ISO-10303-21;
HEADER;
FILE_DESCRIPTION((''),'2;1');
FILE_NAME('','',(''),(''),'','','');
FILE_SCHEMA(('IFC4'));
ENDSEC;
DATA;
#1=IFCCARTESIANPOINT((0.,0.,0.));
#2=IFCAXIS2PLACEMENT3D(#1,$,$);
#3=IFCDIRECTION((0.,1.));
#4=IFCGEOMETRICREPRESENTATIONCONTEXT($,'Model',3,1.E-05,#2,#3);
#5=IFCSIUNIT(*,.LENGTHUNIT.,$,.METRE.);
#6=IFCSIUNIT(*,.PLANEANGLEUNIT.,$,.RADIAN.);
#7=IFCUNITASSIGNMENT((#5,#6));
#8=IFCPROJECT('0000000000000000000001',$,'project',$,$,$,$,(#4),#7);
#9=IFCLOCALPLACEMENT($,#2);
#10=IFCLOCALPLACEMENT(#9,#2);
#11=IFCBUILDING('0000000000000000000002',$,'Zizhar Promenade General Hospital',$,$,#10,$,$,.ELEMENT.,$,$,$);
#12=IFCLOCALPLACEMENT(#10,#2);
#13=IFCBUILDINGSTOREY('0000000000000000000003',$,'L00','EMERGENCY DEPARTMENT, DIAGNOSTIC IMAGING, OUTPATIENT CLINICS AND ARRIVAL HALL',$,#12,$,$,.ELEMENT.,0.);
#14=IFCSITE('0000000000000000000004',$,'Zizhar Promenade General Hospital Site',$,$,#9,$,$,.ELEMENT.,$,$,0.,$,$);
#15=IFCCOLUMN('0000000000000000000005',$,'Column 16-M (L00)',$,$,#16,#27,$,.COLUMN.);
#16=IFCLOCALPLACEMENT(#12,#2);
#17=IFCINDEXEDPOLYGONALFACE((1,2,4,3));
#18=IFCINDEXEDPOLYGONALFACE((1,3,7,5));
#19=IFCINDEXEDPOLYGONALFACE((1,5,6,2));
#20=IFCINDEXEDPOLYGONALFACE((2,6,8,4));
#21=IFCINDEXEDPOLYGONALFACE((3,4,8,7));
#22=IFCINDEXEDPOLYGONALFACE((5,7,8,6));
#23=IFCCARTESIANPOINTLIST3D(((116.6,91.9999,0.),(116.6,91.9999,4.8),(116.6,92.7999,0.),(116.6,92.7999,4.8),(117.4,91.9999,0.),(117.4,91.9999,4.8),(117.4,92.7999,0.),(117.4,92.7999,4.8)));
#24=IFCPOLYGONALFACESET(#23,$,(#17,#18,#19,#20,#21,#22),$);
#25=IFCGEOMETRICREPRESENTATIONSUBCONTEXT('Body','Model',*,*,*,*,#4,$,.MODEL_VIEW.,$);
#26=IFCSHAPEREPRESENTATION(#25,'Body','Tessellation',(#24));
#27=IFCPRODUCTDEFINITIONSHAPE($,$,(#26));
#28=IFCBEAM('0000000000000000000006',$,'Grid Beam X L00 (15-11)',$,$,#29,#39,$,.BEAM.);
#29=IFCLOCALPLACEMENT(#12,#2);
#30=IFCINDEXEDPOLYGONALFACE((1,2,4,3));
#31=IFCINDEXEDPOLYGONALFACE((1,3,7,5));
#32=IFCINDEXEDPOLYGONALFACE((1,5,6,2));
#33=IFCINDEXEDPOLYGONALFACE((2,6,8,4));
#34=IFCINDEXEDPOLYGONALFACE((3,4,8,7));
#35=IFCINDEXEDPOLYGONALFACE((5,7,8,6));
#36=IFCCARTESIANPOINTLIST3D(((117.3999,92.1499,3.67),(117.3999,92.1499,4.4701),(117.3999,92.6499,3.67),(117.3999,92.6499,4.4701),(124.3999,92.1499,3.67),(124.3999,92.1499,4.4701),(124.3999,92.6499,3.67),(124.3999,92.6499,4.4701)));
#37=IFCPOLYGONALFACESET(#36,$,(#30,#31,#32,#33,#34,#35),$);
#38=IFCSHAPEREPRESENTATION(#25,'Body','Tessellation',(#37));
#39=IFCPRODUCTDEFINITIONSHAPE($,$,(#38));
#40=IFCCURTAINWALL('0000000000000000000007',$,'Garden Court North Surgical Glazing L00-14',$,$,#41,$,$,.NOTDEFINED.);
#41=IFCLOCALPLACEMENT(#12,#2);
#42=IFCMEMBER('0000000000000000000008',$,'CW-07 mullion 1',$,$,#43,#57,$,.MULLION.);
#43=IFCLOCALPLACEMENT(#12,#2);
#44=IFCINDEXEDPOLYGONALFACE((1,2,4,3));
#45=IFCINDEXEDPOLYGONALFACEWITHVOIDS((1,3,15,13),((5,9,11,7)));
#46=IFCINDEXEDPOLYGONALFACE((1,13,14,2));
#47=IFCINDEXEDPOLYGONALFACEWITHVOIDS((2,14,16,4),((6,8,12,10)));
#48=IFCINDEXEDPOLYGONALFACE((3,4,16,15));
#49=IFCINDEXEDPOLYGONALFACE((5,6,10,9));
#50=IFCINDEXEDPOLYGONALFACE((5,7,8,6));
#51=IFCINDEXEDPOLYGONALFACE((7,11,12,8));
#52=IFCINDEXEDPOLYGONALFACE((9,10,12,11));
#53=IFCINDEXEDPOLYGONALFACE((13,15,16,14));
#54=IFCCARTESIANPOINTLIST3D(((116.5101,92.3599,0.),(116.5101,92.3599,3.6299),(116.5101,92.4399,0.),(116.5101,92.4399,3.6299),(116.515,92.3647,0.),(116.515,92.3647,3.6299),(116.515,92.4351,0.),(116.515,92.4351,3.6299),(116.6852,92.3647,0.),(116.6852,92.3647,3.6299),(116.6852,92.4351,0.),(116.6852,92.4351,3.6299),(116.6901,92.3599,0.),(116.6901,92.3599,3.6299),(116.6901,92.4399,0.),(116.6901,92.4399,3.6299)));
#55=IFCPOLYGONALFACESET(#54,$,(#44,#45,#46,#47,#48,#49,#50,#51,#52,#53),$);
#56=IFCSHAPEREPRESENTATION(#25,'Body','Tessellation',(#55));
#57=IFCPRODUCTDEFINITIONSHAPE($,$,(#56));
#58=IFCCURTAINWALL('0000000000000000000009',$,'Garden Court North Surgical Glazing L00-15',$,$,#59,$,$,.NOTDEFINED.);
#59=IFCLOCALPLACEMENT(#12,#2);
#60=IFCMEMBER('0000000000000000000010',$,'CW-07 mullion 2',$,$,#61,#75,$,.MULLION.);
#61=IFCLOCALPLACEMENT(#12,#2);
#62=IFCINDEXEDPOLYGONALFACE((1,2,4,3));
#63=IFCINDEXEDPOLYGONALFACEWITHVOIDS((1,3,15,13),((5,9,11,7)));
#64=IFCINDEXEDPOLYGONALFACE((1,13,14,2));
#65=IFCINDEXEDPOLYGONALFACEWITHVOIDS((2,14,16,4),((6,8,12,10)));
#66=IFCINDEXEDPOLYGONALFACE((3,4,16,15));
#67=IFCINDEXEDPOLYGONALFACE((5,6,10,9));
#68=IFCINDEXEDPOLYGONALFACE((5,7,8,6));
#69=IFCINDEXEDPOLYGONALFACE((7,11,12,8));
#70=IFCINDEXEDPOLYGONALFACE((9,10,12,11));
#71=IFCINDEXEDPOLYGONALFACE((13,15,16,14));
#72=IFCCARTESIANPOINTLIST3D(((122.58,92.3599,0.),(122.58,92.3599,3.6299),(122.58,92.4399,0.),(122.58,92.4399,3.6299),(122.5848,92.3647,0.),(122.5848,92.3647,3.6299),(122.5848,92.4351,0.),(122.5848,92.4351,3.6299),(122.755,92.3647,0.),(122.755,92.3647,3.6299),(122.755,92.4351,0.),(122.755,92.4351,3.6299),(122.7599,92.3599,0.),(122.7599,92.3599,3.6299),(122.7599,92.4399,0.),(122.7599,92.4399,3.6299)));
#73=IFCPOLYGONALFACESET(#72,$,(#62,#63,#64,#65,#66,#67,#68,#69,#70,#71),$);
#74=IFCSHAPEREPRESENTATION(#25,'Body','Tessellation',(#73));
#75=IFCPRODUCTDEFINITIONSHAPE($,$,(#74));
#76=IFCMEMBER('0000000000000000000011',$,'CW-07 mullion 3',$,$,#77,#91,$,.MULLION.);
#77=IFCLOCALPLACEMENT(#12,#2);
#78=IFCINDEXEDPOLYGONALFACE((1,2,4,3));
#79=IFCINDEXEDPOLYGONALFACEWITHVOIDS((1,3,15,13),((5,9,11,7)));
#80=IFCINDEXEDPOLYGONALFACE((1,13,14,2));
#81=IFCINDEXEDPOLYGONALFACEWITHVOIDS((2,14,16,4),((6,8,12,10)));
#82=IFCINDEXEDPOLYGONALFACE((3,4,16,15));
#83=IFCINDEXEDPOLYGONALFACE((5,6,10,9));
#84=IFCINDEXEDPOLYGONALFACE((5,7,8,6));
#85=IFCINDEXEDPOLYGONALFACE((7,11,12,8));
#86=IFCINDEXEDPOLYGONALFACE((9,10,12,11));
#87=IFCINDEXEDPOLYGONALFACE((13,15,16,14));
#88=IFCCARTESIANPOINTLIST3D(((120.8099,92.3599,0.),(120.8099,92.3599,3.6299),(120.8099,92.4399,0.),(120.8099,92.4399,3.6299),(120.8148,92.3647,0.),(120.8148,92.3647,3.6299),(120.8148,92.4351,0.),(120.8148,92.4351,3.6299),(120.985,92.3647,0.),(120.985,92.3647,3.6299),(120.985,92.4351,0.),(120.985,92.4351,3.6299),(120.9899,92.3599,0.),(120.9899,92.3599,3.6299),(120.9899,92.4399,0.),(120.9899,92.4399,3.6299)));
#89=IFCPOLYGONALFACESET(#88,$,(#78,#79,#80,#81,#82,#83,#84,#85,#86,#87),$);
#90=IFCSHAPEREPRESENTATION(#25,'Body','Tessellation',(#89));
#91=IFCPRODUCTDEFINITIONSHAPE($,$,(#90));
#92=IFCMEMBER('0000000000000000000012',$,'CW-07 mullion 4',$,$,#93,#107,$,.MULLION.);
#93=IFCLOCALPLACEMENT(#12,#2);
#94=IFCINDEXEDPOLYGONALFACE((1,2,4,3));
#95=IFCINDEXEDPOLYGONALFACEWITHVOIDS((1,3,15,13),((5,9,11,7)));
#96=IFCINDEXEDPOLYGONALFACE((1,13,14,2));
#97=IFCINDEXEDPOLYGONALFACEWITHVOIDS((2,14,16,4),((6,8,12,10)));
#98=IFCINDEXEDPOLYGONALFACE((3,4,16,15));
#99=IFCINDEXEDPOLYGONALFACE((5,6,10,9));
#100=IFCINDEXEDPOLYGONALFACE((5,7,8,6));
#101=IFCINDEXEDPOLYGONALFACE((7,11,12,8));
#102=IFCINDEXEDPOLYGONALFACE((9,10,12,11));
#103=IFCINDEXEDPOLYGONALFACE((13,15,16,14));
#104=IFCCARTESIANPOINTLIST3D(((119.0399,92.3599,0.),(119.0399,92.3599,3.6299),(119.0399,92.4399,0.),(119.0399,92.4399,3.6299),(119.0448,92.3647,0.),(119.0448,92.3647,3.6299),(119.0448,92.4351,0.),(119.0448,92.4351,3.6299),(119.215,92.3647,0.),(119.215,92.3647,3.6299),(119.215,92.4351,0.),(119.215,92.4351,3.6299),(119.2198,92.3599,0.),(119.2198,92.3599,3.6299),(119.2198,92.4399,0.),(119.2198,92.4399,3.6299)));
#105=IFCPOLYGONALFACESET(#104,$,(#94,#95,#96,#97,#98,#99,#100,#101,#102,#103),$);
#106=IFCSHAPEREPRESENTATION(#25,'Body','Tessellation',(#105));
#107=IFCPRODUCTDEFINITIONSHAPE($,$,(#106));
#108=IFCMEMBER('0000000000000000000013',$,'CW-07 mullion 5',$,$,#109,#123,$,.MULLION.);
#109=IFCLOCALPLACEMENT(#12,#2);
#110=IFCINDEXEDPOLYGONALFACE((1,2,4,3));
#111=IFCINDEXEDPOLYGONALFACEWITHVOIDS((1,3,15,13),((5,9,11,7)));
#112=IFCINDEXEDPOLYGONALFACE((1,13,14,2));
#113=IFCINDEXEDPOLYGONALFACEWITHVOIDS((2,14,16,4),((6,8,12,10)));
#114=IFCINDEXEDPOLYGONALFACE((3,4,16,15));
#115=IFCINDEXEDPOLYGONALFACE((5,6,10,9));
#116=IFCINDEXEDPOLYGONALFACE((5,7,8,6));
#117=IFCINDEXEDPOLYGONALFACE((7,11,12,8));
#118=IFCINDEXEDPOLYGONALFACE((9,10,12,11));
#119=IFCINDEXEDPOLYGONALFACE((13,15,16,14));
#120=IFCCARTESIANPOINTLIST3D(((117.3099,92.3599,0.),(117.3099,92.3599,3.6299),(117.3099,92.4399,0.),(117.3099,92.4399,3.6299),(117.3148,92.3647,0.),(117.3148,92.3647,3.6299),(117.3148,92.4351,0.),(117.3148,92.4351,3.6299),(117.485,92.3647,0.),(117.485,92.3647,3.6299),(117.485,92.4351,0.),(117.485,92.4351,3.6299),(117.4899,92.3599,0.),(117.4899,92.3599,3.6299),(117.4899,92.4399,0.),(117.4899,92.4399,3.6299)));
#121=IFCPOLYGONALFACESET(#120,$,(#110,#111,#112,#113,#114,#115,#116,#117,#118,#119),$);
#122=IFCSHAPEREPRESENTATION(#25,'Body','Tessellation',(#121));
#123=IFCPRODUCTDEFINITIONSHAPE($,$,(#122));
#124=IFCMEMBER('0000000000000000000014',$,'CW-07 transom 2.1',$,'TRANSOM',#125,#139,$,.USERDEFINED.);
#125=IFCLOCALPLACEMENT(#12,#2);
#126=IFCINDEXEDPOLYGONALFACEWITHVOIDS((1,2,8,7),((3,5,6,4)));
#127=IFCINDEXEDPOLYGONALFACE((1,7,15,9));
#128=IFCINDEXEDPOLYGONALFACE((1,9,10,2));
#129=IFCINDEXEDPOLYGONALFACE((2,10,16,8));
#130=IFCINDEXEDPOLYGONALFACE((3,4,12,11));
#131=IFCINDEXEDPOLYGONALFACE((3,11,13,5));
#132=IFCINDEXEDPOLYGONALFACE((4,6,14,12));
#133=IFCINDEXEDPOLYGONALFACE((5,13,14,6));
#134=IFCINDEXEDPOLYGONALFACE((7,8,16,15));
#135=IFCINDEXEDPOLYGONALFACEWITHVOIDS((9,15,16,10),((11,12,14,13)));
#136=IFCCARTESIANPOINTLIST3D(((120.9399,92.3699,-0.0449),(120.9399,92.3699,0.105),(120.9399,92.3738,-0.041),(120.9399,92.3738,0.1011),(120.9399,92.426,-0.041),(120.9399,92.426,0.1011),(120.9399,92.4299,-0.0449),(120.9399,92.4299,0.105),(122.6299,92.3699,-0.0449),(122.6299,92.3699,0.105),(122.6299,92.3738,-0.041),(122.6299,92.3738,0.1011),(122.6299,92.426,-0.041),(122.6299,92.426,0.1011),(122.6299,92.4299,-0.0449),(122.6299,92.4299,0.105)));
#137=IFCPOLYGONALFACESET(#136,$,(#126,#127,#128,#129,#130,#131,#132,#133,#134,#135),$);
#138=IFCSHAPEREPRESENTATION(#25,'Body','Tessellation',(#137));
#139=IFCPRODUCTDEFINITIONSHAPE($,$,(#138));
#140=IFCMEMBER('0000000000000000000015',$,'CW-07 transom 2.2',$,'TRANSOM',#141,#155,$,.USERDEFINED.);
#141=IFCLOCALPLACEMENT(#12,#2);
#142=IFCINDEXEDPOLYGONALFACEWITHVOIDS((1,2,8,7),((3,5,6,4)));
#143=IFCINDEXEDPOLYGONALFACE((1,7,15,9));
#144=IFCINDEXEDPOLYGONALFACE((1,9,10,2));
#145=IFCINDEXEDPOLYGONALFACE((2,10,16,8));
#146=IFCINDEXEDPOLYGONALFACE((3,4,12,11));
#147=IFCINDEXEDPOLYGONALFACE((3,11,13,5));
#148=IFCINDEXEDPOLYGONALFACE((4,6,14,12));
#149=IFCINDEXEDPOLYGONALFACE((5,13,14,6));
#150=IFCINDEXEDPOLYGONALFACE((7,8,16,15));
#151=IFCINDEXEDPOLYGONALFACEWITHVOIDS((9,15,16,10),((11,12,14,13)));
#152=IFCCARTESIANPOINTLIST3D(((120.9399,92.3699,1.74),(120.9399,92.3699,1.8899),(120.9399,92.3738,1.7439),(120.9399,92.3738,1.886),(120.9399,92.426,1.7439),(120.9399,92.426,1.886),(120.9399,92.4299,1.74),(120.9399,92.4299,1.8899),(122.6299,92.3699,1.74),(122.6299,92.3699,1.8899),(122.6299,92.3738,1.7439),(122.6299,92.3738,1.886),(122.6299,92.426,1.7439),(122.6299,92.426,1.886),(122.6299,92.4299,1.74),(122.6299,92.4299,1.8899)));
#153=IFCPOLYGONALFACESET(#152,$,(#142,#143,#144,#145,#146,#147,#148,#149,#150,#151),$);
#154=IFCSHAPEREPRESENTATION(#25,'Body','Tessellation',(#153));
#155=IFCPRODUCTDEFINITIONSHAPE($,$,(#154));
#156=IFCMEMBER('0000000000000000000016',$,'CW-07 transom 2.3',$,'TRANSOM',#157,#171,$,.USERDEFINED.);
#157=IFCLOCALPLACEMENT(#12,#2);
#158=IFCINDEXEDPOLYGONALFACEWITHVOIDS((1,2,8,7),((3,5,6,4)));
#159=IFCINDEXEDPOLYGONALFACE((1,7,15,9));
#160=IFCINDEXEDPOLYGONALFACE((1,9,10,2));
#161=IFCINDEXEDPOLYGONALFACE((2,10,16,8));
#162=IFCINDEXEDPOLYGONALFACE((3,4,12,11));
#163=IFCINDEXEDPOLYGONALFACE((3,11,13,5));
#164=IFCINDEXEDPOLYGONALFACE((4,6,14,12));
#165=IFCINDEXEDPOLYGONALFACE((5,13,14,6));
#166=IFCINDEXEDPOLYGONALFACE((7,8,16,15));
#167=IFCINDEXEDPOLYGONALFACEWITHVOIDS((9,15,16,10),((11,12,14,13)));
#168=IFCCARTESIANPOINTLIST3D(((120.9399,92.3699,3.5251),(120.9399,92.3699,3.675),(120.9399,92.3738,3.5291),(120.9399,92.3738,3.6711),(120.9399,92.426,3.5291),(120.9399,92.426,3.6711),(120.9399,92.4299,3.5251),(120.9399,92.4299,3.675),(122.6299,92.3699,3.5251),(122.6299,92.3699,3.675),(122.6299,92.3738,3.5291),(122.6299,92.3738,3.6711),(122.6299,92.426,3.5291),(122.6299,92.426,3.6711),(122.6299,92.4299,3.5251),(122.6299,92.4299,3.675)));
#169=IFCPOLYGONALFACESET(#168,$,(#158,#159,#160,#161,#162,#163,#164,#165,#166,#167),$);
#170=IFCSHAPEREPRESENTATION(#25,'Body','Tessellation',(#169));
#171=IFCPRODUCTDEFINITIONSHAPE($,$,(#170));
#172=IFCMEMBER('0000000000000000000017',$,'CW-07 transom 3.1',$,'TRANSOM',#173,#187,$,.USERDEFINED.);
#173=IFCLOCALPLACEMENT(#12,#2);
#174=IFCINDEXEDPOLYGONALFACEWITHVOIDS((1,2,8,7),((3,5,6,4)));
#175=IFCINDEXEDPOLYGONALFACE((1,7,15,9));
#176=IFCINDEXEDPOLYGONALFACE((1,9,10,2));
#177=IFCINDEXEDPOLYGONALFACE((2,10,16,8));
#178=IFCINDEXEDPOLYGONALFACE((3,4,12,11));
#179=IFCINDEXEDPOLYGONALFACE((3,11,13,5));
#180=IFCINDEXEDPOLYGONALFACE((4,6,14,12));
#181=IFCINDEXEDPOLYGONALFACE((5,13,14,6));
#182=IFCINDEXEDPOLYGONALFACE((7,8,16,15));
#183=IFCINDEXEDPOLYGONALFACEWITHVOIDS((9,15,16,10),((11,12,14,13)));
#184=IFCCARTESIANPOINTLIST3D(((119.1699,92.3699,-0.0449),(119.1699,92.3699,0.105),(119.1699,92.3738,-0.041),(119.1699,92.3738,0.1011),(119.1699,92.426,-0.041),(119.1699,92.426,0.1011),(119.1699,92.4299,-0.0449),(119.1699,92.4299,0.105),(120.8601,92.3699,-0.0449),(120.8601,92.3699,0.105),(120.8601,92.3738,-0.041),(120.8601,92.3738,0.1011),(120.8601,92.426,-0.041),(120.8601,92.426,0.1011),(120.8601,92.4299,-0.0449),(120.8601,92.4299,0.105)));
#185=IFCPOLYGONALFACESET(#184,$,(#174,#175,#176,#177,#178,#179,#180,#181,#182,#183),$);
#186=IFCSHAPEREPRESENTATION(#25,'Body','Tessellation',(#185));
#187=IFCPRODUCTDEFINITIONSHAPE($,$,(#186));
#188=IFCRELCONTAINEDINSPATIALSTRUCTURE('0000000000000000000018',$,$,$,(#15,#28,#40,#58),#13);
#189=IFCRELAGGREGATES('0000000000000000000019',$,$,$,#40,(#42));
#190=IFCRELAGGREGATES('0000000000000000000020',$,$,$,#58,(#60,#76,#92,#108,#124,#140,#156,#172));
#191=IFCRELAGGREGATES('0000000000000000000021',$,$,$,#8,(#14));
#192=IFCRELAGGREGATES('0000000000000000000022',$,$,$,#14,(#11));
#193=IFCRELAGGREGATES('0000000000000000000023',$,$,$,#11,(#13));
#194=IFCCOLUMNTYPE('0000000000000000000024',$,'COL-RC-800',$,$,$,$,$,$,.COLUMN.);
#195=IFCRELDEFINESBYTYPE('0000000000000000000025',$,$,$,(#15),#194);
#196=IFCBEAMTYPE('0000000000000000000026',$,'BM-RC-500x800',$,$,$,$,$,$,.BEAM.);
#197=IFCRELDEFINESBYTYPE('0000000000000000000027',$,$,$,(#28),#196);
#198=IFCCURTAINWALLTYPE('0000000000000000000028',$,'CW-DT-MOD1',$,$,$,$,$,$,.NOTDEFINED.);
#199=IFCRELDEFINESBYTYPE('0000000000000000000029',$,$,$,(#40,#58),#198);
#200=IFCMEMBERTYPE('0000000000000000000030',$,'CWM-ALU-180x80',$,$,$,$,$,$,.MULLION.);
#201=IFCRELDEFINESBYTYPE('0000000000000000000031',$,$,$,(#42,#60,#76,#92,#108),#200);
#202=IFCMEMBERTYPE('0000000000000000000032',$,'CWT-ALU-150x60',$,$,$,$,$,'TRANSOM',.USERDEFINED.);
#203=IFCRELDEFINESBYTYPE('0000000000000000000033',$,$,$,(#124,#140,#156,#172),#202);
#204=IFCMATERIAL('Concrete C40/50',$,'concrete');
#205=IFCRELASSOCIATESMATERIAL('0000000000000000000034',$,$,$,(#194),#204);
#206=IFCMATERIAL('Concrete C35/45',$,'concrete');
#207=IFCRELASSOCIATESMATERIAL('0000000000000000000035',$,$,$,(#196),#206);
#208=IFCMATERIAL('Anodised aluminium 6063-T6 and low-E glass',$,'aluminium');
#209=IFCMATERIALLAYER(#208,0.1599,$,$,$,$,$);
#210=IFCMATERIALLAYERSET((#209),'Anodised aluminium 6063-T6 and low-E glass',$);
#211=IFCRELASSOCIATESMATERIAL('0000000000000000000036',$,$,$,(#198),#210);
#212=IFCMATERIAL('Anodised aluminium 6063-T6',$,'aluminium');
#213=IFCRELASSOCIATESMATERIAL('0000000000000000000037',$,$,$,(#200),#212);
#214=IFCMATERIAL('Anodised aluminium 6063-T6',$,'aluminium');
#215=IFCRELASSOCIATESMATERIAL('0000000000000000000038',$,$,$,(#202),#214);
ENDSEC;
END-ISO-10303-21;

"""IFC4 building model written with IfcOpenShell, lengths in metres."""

from ifc_helpers import new_model, si_unit, direction, frame, origin, origin_2d, place, context, subcontext, project, spatial, rectangle, hollow_rectangle, extrude, material, layer, layer_set, material_profile, profile_set, type_object, element, aggregate, save


model = new_model("IFC4")

# Units and contexts
model_context = context("Model", 3, precision=1e-05, world=origin(), true_north=direction((0.0, 1.0)))
body_context = subcontext(model_context, "Body", "Model", "MODEL_VIEW")
ifc_project = project(units=[si_unit("LENGTHUNIT", "METRE"), si_unit("PLANEANGLEUNIT", "RADIAN")], contexts=[model_context])

# Site, building, storey
site_placement = place(None, origin())
site = spatial("IfcSite", under=ifc_project, at=site_placement, Name="Zizhar Promenade General Hospital Site", CompositionType="ELEMENT", RefElevation=0.0)
building_placement = place(site_placement, origin())
building = spatial("IfcBuilding", under=site, at=building_placement, Name="Zizhar Promenade General Hospital", CompositionType="ELEMENT")
storey_placement = place(building_placement, origin())
storey = spatial("IfcBuildingStorey", under=building, at=storey_placement, Name="L00", Description="EMERGENCY DEPARTMENT, DIAGNOSTIC IMAGING, OUTPATIENT CLINICS AND ARRIVAL HALL", CompositionType="ELEMENT", Elevation=0.0)

# Column
ifc_material_1 = material(Name="Concrete C40/50", Category="concrete")
ifc_material_profile_1 = material_profile(ifc_material_1, rectangle(XDim=0.8, YDim=0.8, at=origin_2d()))
ifc_profile_set_1 = profile_set([ifc_material_profile_1], Name="Concrete C40/50")
column_type = type_object("IfcColumnType", Name="COL-RC-800", PredefinedType="COLUMN", material=ifc_profile_set_1)
column_placement = place(storey_placement, frame((117.0, 92.3999, 0.0), z_axis=(0.0, 0.0, 1.0), x_axis=(1.0, 0.0, 0.0)))
element("IfcColumn", 1, at=column_placement, inside=storey, type_object=column_type, Name="Column 16-M (L00)", PredefinedType="COLUMN", context=body_context, shape_type="SweptSolid", body=[
    extrude(rectangle(XDim=0.8, YDim=0.8, at=origin_2d()), origin(), (0.0, 0.0, 1.0), 4.8),
])

# Beam
ifc_material_2 = material(Name="Concrete C35/45", Category="concrete")
ifc_material_profile_2 = material_profile(ifc_material_2, rectangle(XDim=0.5, YDim=0.8, at=origin_2d()))
ifc_profile_set_2 = profile_set([ifc_material_profile_2], Name="Concrete C35/45")
beam_type = type_object("IfcBeamType", Name="BM-RC-500x800", PredefinedType="BEAM", material=ifc_profile_set_2)
beam_placement = place(storey_placement, frame((117.3999, 92.3999, 4.0701), z_axis=(1.0, 0.0, 0.0), x_axis=(0.0, 1.0, 0.0)))
element("IfcBeam", 2, at=beam_placement, inside=storey, type_object=beam_type, Name="Grid Beam X L00 (15-11)", PredefinedType="BEAM", context=body_context, shape_type="SweptSolid", body=[
    extrude(rectangle(XDim=0.5, YDim=0.8, at=origin_2d()), origin(), (0.0, 0.0, 1.0), 7.0),
])

# Curtain wall, member
ifc_material_3 = material(Name="Anodised aluminium 6063-T6 and low-E glass", Category="aluminium")
ifc_layer_1 = layer(ifc_material_3, 0.1599)
ifc_layer_set_1 = layer_set([ifc_layer_1], Name="Anodised aluminium 6063-T6 and low-E glass")
curtain_wall_type = type_object("IfcCurtainWallType", Name="CW-DT-MOD1", PredefinedType="NOTDEFINED", material=ifc_layer_set_1)
curtain_wall_1_placement = place(storey_placement, origin())
curtain_wall_1 = element("IfcCurtainWall", 3, at=curtain_wall_1_placement, inside=storey, type_object=curtain_wall_type, Name="Garden Court North Surgical Glazing L00-14", PredefinedType="NOTDEFINED")
ifc_material_4 = material(Name="Anodised aluminium 6063-T6", Category="aluminium")
ifc_material_profile_3 = material_profile(ifc_material_4, hollow_rectangle(XDim=0.0801, YDim=0.1799, WallThickness=0.0049, at=origin_2d()))
ifc_profile_set_3 = profile_set([ifc_material_profile_3], Name="Anodised aluminium 6063-T6")
member_type_1 = type_object("IfcMemberType", Name="CWM-ALU-180x80", PredefinedType="MULLION", material=ifc_profile_set_3)
member_1_placement = place(storey_placement, frame((116.6001, 92.3999, 0.0), z_axis=(0.0, 0.0, 1.0), x_axis=(0.0, -1.0, 0.0)))
member_1 = element("IfcMember", 4, at=member_1_placement, type_object=member_type_1, Name="CW-07 mullion 1", PredefinedType="MULLION", context=body_context, shape_type="SweptSolid", body=[
    extrude(hollow_rectangle(XDim=0.0801, YDim=0.1799, WallThickness=0.0049, at=origin_2d()), origin(), (0.0, 0.0, 1.0), 3.6299),
])
aggregate(curtain_wall_1, [member_1])

# Curtain wall, members
curtain_wall_2_placement = place(storey_placement, origin())
curtain_wall_2 = element("IfcCurtainWall", 5, at=curtain_wall_2_placement, inside=storey, type_object=curtain_wall_type, Name="Garden Court North Surgical Glazing L00-15", PredefinedType="NOTDEFINED")
member_2_placement = place(storey_placement, frame((122.6699, 92.3999, 0.0), z_axis=(0.0, 0.0, 1.0), x_axis=(0.0, -1.0, 0.0)))
member_2 = element("IfcMember", 6, at=member_2_placement, type_object=member_type_1, Name="CW-07 mullion 2", PredefinedType="MULLION", context=body_context, shape_type="SweptSolid", body=[
    extrude(hollow_rectangle(XDim=0.0801, YDim=0.1799, WallThickness=0.0049, at=origin_2d()), origin(), (0.0, 0.0, 1.0), 3.6299),
])
member_3_placement = place(storey_placement, frame((120.8999, 92.3999, 0.0), z_axis=(0.0, 0.0, 1.0), x_axis=(0.0, -1.0, 0.0)))
member_3 = element("IfcMember", 7, at=member_3_placement, type_object=member_type_1, Name="CW-07 mullion 3", PredefinedType="MULLION", context=body_context, shape_type="SweptSolid", body=[
    extrude(hollow_rectangle(XDim=0.0801, YDim=0.1799, WallThickness=0.0049, at=origin_2d()), origin(), (0.0, 0.0, 1.0), 3.6299),
])
member_4_placement = place(storey_placement, frame((119.1299, 92.3999, 0.0), z_axis=(0.0, 0.0, 1.0), x_axis=(0.0, -1.0, 0.0)))
member_4 = element("IfcMember", 8, at=member_4_placement, type_object=member_type_1, Name="CW-07 mullion 4", PredefinedType="MULLION", context=body_context, shape_type="SweptSolid", body=[
    extrude(hollow_rectangle(XDim=0.0801, YDim=0.1799, WallThickness=0.0049, at=origin_2d()), origin(), (0.0, 0.0, 1.0), 3.6299),
])
member_5_placement = place(storey_placement, frame((117.3999, 92.3999, 0.0), z_axis=(0.0, 0.0, 1.0), x_axis=(0.0, -1.0, 0.0)))
member_5 = element("IfcMember", 9, at=member_5_placement, type_object=member_type_1, Name="CW-07 mullion 5", PredefinedType="MULLION", context=body_context, shape_type="SweptSolid", body=[
    extrude(hollow_rectangle(XDim=0.0801, YDim=0.1799, WallThickness=0.0049, at=origin_2d()), origin(), (0.0, 0.0, 1.0), 3.6299),
])
ifc_material_5 = material(Name="Anodised aluminium 6063-T6", Category="aluminium")
ifc_material_profile_4 = material_profile(ifc_material_5, hollow_rectangle(XDim=0.0601, YDim=0.1499, WallThickness=0.0039, at=origin_2d()))
ifc_profile_set_4 = profile_set([ifc_material_profile_4], Name="Anodised aluminium 6063-T6")
member_type_2 = type_object("IfcMemberType", Name="CWT-ALU-150x60", ElementType="TRANSOM", PredefinedType="USERDEFINED", material=ifc_profile_set_4)
member_6_placement = place(storey_placement, frame((122.6299, 92.3999, 0.03), z_axis=(-1.0, 0.0, 0.0), x_axis=(0.0, -1.0, 0.0)))
member_6 = element("IfcMember", 10, at=member_6_placement, type_object=member_type_2, Name="CW-07 transom 2.1", ObjectType="TRANSOM", PredefinedType="USERDEFINED", context=body_context, shape_type="SweptSolid", body=[
    extrude(hollow_rectangle(XDim=0.0601, YDim=0.1499, WallThickness=0.0039, at=origin_2d()), origin(), (0.0, 0.0, 1.0), 1.6899),
])
member_7_placement = place(storey_placement, frame((122.6299, 92.3999, 1.8149), z_axis=(-1.0, 0.0, 0.0), x_axis=(0.0, -1.0, 0.0)))
member_7 = element("IfcMember", 11, at=member_7_placement, type_object=member_type_2, Name="CW-07 transom 2.2", ObjectType="TRANSOM", PredefinedType="USERDEFINED", context=body_context, shape_type="SweptSolid", body=[
    extrude(hollow_rectangle(XDim=0.0601, YDim=0.1499, WallThickness=0.0039, at=origin_2d()), origin(), (0.0, 0.0, 1.0), 1.6899),
])
member_8_placement = place(storey_placement, frame((122.6299, 92.3999, 3.6001), z_axis=(-1.0, 0.0, 0.0), x_axis=(0.0, -1.0, 0.0)))
member_8 = element("IfcMember", 12, at=member_8_placement, type_object=member_type_2, Name="CW-07 transom 2.3", ObjectType="TRANSOM", PredefinedType="USERDEFINED", context=body_context, shape_type="SweptSolid", body=[
    extrude(hollow_rectangle(XDim=0.0601, YDim=0.1499, WallThickness=0.0039, at=origin_2d()), origin(), (0.0, 0.0, 1.0), 1.6899),
])
member_9_placement = place(storey_placement, frame((120.8601, 92.3999, 0.03), z_axis=(-1.0, 0.0, 0.0), x_axis=(0.0, -1.0, 0.0)))
member_9 = element("IfcMember", 13, at=member_9_placement, type_object=member_type_2, Name="CW-07 transom 3.1", ObjectType="TRANSOM", PredefinedType="USERDEFINED", context=body_context, shape_type="SweptSolid", body=[
    extrude(hollow_rectangle(XDim=0.0601, YDim=0.1499, WallThickness=0.0039, at=origin_2d()), origin(), (0.0, 0.0, 1.0), 1.6902),
])
aggregate(curtain_wall_2, [member_2, member_3, member_4, member_5, member_6, member_7, member_8, member_9])

save(model, "model.ifc")
